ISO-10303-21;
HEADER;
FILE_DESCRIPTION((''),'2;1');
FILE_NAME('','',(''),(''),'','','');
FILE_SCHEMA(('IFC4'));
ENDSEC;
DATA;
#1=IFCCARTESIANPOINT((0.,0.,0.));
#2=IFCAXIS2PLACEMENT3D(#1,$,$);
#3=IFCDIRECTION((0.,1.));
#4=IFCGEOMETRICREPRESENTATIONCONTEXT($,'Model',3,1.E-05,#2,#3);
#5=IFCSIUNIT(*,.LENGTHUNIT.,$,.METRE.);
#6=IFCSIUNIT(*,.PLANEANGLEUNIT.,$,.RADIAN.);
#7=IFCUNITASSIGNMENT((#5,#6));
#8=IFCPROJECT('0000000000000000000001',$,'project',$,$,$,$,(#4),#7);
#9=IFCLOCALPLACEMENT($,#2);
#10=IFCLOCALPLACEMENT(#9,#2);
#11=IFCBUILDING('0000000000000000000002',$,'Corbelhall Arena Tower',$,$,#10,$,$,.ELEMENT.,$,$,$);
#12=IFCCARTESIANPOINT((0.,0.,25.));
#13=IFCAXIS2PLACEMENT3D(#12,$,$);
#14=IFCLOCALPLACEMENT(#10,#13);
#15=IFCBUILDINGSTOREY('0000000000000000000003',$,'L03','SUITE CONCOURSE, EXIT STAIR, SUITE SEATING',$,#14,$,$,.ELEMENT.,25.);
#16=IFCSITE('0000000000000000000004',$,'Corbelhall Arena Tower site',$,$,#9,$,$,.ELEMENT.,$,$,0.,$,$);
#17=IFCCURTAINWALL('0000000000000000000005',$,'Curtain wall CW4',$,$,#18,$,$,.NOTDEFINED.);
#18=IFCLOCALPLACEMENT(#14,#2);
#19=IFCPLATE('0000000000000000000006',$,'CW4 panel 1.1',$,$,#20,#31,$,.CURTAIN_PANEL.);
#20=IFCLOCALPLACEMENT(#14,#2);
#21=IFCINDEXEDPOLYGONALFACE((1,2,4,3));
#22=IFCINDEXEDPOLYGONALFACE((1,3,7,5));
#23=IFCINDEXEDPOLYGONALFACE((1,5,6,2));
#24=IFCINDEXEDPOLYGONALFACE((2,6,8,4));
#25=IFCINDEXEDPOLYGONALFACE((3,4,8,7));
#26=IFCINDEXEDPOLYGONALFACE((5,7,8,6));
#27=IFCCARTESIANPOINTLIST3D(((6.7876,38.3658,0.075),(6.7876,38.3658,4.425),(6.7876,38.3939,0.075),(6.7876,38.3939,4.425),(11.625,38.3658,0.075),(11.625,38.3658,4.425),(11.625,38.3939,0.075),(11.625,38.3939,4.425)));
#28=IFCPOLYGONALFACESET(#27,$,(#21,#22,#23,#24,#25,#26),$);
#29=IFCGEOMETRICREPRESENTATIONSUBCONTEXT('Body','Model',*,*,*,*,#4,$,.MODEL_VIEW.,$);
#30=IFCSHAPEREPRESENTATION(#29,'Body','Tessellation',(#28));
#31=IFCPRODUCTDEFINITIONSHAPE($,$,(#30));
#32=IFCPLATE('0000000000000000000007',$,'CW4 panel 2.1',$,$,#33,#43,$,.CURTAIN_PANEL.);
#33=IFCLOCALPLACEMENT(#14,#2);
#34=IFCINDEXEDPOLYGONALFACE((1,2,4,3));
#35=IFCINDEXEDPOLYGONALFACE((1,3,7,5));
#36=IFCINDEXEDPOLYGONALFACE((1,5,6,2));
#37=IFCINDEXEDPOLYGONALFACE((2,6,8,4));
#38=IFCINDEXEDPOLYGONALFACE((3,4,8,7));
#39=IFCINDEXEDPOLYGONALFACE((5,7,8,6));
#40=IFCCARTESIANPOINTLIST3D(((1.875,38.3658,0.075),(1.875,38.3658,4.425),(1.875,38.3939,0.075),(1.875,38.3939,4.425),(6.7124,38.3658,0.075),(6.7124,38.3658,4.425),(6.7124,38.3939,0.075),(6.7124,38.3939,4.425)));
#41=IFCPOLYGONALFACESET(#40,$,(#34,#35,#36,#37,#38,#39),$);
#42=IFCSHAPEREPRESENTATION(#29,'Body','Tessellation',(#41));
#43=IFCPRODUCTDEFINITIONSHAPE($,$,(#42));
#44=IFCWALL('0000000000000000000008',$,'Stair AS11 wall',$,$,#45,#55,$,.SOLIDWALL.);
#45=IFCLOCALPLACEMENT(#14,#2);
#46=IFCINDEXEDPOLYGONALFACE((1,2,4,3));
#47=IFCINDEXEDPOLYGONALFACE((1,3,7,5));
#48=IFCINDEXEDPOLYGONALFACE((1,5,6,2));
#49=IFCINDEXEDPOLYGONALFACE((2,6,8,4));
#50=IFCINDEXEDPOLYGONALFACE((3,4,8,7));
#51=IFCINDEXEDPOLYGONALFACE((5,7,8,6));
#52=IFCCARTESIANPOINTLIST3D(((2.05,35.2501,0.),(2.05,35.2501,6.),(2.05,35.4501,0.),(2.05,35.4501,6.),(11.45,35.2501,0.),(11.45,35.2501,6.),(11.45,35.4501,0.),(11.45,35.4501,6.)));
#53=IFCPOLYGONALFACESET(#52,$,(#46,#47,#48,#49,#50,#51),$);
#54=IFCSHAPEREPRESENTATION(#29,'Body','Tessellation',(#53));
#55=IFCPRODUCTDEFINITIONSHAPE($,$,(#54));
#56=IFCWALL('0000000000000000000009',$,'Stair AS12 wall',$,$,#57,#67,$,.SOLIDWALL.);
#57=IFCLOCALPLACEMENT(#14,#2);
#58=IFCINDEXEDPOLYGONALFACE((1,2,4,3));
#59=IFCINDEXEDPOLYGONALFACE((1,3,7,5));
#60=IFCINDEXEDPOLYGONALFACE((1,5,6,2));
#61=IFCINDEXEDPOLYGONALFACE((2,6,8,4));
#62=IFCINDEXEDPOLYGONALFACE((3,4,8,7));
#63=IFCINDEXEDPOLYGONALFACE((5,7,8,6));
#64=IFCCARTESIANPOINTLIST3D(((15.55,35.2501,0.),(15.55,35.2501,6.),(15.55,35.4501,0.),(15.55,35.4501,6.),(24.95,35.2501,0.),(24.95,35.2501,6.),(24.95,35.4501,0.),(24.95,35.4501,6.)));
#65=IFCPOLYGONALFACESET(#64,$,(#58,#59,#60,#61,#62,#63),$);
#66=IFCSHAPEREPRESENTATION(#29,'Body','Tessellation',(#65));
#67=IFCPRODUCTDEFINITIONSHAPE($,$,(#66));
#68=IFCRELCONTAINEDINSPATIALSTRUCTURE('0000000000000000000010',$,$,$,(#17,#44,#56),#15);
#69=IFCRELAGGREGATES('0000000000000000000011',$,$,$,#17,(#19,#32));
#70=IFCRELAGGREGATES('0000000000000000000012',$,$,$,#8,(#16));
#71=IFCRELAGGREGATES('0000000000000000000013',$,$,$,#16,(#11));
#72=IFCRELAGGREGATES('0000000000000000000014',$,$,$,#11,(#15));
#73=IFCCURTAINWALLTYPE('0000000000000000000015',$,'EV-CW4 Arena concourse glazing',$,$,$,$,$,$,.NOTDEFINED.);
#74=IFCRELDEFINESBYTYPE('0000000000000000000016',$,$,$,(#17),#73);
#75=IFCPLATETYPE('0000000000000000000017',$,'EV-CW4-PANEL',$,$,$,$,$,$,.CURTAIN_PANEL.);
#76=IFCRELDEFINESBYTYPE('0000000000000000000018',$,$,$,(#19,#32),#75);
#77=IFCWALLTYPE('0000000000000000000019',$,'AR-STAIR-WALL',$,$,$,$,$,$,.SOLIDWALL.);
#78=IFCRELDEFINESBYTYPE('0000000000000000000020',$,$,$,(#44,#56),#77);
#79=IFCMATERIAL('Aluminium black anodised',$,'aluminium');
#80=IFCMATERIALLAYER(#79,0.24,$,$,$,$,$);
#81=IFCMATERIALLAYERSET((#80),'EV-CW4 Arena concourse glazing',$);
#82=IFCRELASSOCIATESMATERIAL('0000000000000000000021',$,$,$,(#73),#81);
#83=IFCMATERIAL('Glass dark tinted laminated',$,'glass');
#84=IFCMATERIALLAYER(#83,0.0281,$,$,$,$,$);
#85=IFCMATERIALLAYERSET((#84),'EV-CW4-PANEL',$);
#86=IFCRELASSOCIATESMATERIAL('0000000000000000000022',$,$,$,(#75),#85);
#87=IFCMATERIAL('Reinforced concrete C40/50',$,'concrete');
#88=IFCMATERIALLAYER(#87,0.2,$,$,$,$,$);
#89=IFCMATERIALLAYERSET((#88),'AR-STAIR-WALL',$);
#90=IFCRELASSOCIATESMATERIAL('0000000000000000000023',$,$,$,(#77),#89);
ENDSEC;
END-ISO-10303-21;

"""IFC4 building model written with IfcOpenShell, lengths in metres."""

from ifc_helpers import new_model, si_unit, direction, frame, frame_2d, origin, origin_2d, place, context, subcontext, project, spatial, rectangle, extrude, material, layer, layer_set, type_object, element, aggregate, save


model = new_model("IFC4")

# Units and contexts
model_context = context("Model", 3, precision=1e-05, world=origin(), true_north=direction((0.0, 1.0)))
body_context = subcontext(model_context, "Body", "Model", "MODEL_VIEW")
ifc_project = project(units=[si_unit("LENGTHUNIT", "METRE"), si_unit("PLANEANGLEUNIT", "RADIAN")], contexts=[model_context])

# Site, building, storey
site_placement = place(None, origin())
site = spatial("IfcSite", under=ifc_project, at=site_placement, Name="Corbelhall Arena Tower site", CompositionType="ELEMENT", RefElevation=0.0)
building_placement = place(site_placement, origin())
building = spatial("IfcBuilding", under=site, at=building_placement, Name="Corbelhall Arena Tower", CompositionType="ELEMENT")
storey_placement = place(building_placement, frame((0.0, 0.0, 25.0)))
storey = spatial("IfcBuildingStorey", under=building, at=storey_placement, Name="L03", Description="SUITE CONCOURSE, EXIT STAIR, SUITE SEATING", CompositionType="ELEMENT", Elevation=25.0)

# Shared definitions
ifc_material_1 = material(Name="Aluminium black anodised", Category="aluminium")
ifc_layer_1 = layer(ifc_material_1, 0.24)
ifc_layer_set_1 = layer_set([ifc_layer_1], Name="EV-CW4 Arena concourse glazing")
curtain_wall_type = type_object("IfcCurtainWallType", Name="EV-CW4 Arena concourse glazing", PredefinedType="NOTDEFINED", material=ifc_layer_set_1)

# Curtain wall
curtain_wall_1_placement = place(storey_placement, origin())
curtain_wall_1 = element("IfcCurtainWall", 1, at=curtain_wall_1_placement, inside=storey, type_object=curtain_wall_type, Name="Curtain wall CW4", PredefinedType="NOTDEFINED")

# Plates
ifc_material_2 = material(Name="Glass dark tinted laminated", Category="glass")
ifc_layer_2 = layer(ifc_material_2, 0.0281)
ifc_layer_set_2 = layer_set([ifc_layer_2], Name="EV-CW4-PANEL")
plate_type = type_object("IfcPlateType", Name="EV-CW4-PANEL", PredefinedType="CURTAIN_PANEL", material=ifc_layer_set_2)
plate_1_placement = place(storey_placement, frame((9.2063, 38.3799, 0.075), z_axis=(0.0, 0.0, 1.0), x_axis=(-1.0, 0.0, 0.0)))
plate_1 = element("IfcPlate", 2, at=plate_1_placement, type_object=plate_type, Name="CW4 panel 1.1", PredefinedType="CURTAIN_PANEL", context=body_context, shape_type="SweptSolid", body=[
    extrude(rectangle(XDim=4.8374, YDim=0.0281, at=origin_2d()), origin(), (0.0, 0.0, 1.0), 4.3501),
])
plate_2_placement = place(storey_placement, frame((4.2937, 38.3799, 0.075), z_axis=(0.0, 0.0, 1.0), x_axis=(-1.0, 0.0, 0.0)))
plate_2 = element("IfcPlate", 3, at=plate_2_placement, type_object=plate_type, Name="CW4 panel 2.1", PredefinedType="CURTAIN_PANEL", context=body_context, shape_type="SweptSolid", body=[
    extrude(rectangle(XDim=4.8374, YDim=0.0281, at=origin_2d()), origin(), (0.0, 0.0, 1.0), 4.3501),
])
aggregate(curtain_wall_1, [plate_1, plate_2])

# Walls
ifc_material_3 = material(Name="Reinforced concrete C40/50", Category="concrete")
ifc_layer_3 = layer(ifc_material_3, 0.2)
ifc_layer_set_3 = layer_set([ifc_layer_3], Name="AR-STAIR-WALL")
wall_type = type_object("IfcWallType", Name="AR-STAIR-WALL", PredefinedType="SOLIDWALL", material=ifc_layer_set_3)
for number, where, z_axis, x_axis, name in (
    (4, (2.05, 35.3501, 0.0), (0.0, 0.0, 1.0), (1.0, 0.0, 0.0), "Stair AS11 wall"),
    (5, (15.55, 35.3501, 0.0), (0.0, 0.0, 1.0), (1.0, 0.0, 0.0), "Stair AS12 wall"),
):
    element("IfcWall", number, at=place(storey_placement, frame(where, z_axis=z_axis, x_axis=x_axis)), inside=storey, type_object=wall_type, Name=name, PredefinedType="SOLIDWALL", context=body_context, shape_type="SweptSolid", body=[
        extrude(rectangle(XDim=9.3999, YDim=0.2, at=frame_2d((4.7, 0.0))), origin(), (0.0, 0.0, 1.0), 6.0),
    ])

save(model, "model.ifc")
